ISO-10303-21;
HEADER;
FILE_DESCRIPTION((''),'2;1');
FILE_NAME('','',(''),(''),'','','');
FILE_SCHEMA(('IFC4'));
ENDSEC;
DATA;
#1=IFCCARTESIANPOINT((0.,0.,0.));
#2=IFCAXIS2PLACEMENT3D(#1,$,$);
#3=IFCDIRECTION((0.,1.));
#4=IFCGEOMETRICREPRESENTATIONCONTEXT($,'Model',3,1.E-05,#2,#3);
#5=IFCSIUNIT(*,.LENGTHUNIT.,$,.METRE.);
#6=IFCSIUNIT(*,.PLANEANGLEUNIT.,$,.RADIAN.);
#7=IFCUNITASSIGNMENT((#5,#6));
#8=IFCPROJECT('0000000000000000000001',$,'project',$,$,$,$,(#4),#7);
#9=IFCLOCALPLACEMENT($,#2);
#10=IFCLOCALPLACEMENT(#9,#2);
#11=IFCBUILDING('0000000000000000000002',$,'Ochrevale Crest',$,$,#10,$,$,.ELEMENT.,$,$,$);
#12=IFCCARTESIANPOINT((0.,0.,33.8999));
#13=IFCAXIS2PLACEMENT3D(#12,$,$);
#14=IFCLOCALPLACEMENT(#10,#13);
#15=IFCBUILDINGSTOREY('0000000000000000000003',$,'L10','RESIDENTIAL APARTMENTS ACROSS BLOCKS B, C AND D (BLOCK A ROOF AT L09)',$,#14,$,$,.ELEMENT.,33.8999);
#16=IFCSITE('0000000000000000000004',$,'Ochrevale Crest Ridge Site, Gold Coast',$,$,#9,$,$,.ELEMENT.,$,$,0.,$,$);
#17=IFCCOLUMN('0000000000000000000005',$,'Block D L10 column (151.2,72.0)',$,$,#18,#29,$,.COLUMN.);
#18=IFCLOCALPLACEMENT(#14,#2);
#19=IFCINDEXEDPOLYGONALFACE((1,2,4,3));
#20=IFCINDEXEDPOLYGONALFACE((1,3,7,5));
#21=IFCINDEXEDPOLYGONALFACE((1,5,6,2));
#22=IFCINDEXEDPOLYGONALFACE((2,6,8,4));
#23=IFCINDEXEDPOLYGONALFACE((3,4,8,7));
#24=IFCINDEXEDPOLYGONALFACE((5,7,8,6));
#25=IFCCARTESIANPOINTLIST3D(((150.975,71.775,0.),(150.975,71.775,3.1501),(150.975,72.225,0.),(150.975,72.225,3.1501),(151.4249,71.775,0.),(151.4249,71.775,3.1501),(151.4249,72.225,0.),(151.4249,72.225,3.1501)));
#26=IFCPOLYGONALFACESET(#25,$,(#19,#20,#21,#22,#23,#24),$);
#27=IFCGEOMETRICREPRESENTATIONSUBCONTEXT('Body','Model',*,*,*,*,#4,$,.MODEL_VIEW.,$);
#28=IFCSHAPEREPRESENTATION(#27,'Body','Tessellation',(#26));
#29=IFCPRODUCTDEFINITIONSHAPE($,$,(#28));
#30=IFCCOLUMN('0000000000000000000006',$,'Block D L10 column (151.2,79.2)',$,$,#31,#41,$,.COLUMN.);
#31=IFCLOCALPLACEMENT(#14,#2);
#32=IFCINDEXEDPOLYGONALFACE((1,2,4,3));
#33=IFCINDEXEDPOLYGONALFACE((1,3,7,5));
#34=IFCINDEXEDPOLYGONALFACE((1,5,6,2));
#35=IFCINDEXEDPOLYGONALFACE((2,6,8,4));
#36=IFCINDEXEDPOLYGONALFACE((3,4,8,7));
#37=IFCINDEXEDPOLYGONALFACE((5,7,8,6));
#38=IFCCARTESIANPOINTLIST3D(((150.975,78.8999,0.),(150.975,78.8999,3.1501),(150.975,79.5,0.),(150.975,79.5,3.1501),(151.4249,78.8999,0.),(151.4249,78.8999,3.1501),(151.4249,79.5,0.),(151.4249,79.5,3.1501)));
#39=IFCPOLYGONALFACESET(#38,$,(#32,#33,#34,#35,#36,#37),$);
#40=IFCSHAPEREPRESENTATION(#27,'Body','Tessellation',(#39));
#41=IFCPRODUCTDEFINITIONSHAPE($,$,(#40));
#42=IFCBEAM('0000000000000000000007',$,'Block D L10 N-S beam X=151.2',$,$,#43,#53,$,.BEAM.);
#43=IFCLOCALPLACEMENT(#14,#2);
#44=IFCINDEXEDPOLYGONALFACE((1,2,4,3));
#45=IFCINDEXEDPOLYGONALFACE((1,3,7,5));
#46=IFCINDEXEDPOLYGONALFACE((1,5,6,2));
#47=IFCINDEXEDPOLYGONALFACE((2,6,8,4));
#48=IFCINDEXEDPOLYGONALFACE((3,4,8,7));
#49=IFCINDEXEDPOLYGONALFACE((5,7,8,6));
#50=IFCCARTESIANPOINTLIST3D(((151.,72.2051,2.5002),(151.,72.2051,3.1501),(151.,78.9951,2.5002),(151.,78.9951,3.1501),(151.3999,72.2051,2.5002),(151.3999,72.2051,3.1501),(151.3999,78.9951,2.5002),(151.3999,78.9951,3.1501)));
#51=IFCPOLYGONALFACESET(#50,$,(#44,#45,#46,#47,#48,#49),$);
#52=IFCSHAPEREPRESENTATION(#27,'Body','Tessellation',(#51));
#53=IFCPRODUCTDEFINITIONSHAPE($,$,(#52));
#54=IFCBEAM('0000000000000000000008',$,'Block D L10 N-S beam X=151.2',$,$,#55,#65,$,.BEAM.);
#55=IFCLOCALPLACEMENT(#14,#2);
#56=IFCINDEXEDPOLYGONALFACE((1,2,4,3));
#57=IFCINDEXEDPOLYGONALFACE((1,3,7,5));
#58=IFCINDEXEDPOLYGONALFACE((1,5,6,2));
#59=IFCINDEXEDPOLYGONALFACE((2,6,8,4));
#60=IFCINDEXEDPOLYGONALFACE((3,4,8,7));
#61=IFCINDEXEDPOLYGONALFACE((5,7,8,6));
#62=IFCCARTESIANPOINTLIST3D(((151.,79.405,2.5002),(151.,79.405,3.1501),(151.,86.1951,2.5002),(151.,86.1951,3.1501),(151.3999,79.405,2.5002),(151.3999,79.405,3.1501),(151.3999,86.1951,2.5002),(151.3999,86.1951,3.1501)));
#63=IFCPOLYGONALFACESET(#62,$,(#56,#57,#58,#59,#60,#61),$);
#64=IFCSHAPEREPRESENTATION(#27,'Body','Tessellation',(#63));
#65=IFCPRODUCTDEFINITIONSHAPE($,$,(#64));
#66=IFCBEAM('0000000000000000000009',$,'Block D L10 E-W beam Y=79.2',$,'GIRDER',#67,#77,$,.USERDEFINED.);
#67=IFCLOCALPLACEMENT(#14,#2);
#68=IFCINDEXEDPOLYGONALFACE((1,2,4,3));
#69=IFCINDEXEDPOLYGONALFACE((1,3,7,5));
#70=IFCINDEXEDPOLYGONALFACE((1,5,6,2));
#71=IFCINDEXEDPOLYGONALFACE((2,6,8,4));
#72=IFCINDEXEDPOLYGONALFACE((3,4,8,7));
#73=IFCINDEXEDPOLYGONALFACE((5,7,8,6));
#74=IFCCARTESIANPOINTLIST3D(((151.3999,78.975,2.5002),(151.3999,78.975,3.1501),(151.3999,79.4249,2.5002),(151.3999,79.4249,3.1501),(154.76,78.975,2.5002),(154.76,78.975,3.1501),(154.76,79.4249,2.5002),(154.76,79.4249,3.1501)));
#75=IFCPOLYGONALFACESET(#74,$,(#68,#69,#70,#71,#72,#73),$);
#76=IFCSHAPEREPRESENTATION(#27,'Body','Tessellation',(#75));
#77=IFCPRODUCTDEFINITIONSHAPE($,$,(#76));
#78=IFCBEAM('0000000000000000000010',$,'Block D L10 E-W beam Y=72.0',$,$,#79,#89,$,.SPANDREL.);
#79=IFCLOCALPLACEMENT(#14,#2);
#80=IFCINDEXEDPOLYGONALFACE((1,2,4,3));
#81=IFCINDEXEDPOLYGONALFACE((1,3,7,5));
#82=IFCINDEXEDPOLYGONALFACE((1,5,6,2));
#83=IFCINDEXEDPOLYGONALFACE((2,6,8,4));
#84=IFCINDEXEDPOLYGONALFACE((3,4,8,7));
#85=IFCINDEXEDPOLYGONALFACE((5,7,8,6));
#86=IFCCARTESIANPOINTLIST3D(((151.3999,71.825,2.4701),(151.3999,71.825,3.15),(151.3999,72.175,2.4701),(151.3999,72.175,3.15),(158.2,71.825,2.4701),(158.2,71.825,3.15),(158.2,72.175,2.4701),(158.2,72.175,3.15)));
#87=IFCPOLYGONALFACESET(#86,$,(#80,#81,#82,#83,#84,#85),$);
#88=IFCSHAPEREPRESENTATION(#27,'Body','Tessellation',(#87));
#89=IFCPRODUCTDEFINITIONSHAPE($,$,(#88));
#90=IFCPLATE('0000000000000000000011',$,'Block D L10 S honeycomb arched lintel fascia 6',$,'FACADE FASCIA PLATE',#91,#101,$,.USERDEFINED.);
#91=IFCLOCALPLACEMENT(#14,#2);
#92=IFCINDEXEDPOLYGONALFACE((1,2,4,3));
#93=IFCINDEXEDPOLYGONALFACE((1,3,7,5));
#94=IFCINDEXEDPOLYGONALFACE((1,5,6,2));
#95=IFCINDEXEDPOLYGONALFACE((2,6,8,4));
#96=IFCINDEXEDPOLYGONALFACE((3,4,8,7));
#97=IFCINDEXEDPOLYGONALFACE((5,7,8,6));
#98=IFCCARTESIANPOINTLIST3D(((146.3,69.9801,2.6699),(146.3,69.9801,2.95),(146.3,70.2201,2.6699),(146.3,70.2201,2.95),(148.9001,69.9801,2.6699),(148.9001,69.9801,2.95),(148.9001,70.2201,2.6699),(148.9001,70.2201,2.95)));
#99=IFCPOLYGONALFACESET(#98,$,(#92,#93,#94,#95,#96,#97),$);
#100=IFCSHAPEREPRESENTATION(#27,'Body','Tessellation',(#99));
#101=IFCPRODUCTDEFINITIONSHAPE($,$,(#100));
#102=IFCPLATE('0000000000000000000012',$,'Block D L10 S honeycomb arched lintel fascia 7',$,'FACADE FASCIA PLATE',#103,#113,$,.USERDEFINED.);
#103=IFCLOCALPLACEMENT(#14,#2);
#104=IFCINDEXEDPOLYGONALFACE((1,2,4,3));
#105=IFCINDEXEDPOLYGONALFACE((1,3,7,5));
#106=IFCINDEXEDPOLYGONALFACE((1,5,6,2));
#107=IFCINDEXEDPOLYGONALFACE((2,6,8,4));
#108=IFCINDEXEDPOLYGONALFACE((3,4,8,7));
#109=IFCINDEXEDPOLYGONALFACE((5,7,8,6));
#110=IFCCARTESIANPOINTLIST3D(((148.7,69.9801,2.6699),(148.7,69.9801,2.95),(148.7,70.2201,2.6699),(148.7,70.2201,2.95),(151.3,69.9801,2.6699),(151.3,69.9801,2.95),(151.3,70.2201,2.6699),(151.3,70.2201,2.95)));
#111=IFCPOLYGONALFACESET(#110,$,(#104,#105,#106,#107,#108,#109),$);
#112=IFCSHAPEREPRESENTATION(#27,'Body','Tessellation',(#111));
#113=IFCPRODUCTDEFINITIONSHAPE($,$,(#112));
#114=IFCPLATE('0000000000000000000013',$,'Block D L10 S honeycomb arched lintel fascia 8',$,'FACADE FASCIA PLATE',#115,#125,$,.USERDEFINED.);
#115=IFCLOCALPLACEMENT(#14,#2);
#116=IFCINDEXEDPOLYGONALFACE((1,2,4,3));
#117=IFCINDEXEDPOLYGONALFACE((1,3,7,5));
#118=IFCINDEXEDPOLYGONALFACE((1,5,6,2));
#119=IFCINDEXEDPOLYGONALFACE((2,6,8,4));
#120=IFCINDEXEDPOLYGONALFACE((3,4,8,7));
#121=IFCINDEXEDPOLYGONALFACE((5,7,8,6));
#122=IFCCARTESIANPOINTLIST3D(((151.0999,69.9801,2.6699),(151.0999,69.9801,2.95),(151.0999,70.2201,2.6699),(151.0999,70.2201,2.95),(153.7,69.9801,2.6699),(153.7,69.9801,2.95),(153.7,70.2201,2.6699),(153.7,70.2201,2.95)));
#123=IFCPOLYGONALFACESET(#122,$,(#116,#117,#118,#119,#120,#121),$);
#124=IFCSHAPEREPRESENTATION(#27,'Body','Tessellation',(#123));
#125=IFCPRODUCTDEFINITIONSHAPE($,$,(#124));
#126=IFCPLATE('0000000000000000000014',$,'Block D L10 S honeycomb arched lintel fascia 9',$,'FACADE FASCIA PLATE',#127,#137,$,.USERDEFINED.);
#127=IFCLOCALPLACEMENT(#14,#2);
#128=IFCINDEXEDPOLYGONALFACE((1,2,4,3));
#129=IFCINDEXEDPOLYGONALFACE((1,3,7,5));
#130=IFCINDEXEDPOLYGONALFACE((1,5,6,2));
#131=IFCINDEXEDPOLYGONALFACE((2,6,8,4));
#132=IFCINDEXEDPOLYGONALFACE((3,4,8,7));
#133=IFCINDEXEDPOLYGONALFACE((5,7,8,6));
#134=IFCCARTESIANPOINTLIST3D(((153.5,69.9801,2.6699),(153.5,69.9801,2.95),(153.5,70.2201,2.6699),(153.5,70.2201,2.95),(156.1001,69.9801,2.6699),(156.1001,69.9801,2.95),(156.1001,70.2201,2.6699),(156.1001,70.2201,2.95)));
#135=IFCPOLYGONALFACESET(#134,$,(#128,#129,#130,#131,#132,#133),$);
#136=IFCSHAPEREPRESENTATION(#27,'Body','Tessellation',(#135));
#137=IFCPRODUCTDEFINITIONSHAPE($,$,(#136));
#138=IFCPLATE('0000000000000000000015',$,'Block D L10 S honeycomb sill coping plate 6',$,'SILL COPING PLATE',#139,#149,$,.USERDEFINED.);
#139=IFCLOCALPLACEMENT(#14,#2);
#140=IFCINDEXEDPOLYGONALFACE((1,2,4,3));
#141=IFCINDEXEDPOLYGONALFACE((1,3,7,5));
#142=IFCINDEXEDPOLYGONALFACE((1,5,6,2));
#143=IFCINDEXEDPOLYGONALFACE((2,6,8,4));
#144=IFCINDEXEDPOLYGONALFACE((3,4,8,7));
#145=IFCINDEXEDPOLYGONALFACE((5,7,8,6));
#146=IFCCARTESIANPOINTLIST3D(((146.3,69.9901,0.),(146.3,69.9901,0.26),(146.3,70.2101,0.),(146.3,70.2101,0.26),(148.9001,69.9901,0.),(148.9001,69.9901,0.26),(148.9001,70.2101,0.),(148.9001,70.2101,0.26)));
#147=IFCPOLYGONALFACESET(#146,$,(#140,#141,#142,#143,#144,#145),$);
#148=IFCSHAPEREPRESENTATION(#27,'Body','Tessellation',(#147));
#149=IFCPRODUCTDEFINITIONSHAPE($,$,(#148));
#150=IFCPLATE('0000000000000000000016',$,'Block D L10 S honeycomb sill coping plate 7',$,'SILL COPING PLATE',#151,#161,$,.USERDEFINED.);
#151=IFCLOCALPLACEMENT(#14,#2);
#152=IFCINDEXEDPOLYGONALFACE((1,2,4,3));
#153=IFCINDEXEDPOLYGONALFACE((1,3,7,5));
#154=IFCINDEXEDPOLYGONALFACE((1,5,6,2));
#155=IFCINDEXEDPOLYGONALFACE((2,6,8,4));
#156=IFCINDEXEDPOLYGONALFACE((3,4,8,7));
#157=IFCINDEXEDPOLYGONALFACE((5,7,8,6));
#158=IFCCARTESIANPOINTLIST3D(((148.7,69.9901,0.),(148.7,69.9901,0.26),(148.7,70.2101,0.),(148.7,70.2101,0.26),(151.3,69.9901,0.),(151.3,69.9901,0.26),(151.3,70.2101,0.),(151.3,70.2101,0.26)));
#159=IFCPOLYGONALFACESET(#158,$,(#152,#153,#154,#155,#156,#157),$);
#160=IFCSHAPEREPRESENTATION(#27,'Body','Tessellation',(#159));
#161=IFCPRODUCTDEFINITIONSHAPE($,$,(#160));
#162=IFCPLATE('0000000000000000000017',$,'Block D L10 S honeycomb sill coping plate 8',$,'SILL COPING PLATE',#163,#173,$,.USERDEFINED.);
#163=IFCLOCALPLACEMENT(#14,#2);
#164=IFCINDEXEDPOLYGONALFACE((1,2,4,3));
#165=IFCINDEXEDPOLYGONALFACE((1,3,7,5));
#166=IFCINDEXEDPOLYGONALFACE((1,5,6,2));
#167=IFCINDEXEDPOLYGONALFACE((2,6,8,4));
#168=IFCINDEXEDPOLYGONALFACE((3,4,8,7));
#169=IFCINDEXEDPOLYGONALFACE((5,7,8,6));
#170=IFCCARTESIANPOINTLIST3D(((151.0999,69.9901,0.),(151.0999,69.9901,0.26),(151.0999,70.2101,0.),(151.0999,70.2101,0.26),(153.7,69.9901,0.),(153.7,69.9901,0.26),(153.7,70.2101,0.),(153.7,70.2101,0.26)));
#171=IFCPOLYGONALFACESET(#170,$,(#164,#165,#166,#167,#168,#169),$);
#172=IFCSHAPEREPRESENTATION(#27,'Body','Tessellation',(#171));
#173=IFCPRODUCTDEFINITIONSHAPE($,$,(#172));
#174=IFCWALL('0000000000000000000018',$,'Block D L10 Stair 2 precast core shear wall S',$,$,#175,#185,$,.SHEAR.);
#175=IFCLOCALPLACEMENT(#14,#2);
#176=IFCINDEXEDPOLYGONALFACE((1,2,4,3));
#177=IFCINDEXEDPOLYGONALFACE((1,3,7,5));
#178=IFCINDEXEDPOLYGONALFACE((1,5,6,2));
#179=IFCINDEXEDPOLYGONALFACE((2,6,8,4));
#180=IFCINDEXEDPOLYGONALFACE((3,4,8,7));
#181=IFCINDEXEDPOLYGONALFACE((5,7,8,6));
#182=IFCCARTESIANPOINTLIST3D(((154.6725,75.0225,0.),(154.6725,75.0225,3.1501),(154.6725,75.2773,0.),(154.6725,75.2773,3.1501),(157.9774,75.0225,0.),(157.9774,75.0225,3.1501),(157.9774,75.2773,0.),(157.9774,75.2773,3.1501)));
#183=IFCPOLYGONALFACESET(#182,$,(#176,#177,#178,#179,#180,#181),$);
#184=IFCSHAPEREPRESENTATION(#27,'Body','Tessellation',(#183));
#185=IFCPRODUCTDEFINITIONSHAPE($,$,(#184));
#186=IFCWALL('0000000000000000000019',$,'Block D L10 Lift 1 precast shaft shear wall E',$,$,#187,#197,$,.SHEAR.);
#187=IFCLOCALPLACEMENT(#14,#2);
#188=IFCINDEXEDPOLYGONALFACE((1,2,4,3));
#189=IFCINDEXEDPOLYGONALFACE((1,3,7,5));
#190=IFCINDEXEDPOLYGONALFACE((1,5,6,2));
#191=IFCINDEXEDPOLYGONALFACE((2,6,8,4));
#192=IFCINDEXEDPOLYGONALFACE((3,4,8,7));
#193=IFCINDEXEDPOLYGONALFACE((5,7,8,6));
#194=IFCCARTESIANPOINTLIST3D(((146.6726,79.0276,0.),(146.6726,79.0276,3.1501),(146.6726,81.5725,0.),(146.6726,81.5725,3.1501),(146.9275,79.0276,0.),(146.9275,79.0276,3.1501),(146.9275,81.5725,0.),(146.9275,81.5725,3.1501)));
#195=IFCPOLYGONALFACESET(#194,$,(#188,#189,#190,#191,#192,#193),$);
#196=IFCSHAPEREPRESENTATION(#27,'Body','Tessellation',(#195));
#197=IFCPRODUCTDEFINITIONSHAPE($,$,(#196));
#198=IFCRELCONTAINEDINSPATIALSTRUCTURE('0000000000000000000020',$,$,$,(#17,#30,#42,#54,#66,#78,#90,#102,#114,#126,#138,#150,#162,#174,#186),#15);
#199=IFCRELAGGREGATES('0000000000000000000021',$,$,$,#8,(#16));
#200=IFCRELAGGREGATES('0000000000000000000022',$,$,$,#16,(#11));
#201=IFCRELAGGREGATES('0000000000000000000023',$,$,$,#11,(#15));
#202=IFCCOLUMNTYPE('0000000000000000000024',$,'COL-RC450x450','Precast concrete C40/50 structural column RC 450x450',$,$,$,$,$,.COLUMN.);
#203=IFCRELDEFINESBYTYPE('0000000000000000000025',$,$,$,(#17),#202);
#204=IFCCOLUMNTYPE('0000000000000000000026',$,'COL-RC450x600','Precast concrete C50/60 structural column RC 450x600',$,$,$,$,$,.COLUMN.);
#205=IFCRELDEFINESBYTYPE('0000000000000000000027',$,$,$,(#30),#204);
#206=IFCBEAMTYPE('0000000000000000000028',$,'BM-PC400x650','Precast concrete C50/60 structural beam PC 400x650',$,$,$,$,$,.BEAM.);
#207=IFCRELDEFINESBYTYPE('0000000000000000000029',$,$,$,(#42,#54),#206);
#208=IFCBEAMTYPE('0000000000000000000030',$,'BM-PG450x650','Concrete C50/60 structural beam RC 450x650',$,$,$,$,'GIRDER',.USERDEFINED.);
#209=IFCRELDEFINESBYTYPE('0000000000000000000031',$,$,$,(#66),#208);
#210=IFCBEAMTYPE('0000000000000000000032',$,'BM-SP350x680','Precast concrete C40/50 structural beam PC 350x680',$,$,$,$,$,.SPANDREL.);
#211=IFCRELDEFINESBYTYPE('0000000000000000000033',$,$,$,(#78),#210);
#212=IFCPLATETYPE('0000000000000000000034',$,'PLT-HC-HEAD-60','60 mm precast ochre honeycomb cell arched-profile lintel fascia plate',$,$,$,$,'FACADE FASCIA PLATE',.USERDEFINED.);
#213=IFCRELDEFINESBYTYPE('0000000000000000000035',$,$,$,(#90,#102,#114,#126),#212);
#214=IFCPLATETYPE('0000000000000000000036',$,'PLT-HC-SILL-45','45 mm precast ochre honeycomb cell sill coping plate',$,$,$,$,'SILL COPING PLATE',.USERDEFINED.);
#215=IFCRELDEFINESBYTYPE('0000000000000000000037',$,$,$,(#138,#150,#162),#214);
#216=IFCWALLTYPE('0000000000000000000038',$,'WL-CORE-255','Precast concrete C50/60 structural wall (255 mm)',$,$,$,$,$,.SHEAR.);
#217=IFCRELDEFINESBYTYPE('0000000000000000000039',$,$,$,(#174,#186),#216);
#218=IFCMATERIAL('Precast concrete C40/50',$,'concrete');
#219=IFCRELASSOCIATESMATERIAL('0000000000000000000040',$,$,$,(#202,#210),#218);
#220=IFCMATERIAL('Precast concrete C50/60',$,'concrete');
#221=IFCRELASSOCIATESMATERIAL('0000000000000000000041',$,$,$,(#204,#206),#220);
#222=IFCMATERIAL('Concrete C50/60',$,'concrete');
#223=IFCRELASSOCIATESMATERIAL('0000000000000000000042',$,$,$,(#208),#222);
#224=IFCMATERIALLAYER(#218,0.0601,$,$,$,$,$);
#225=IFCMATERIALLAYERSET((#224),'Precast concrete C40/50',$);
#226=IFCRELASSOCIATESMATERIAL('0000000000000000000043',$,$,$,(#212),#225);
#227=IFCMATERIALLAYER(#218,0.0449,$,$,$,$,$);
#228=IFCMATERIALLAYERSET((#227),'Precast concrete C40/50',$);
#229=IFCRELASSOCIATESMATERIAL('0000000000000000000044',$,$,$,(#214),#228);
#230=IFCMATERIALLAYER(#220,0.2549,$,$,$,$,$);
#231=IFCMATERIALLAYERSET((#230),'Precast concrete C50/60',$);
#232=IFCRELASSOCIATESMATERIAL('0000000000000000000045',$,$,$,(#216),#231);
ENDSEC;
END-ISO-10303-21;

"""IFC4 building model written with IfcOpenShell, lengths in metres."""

from ifc_helpers import new_model, si_unit, direction, frame, frame_2d, origin, origin_2d, place, context, subcontext, project, spatial, rectangle, extrude, material, layer, layer_set, material_profile, profile_set, type_object, element, save


model = new_model("IFC4")

# Units and contexts
model_context = context("Model", 3, precision=1e-05, world=origin(), true_north=direction((0.0, 1.0)))
body_context = subcontext(model_context, "Body", "Model", "MODEL_VIEW")
ifc_project = project(units=[si_unit("LENGTHUNIT", "METRE"), si_unit("PLANEANGLEUNIT", "RADIAN")], contexts=[model_context])

# Site, building, storey
site_placement = place(None, origin())
site = spatial("IfcSite", under=ifc_project, at=site_placement, Name="Ochrevale Crest Ridge Site, Gold Coast", CompositionType="ELEMENT", RefElevation=0.0)
building_placement = place(site_placement, origin())
building = spatial("IfcBuilding", under=site, at=building_placement, Name="Ochrevale Crest", CompositionType="ELEMENT")
storey_placement = place(building_placement, frame((0.0, 0.0, 33.8999)))
storey = spatial("IfcBuildingStorey", under=building, at=storey_placement, Name="L10", Description="RESIDENTIAL APARTMENTS ACROSS BLOCKS B, C AND D (BLOCK A ROOF AT L09)", CompositionType="ELEMENT", Elevation=33.8999)

# Columns
ifc_material_1 = material(Name="Precast concrete C40/50", Category="concrete")
ifc_material_profile_1 = material_profile(ifc_material_1, rectangle(XDim=0.45, YDim=0.45, at=origin_2d()), Name="RC 450x450")
ifc_profile_set_1 = profile_set([ifc_material_profile_1], Name="Precast concrete C40/50")
column_type_1 = type_object("IfcColumnType", Name="COL-RC450x450", Description="Precast concrete C40/50 structural column RC 450x450", PredefinedType="COLUMN", material=ifc_profile_set_1)
column_1_placement = place(storey_placement, frame((151.2, 72.0, 0.0), z_axis=(0.0, 0.0, 1.0), x_axis=(1.0, 0.0, 0.0)))
element("IfcColumn", 1, at=column_1_placement, inside=storey, type_object=column_type_1, Name="Block D L10 column (151.2,72.0)", PredefinedType="COLUMN", context=body_context, shape_type="SweptSolid", body=[
    extrude(rectangle(XDim=0.45, YDim=0.45, at=origin_2d()), origin(), (0.0, 0.0, 1.0), 3.1501),
])
ifc_material_2 = material(Name="Precast concrete C50/60", Category="concrete")
ifc_material_profile_2 = material_profile(ifc_material_2, rectangle(XDim=0.45, YDim=0.6001, at=origin_2d()), Name="RC 450x600")
ifc_profile_set_2 = profile_set([ifc_material_profile_2], Name="Precast concrete C50/60")
column_type_2 = type_object("IfcColumnType", Name="COL-RC450x600", Description="Precast concrete C50/60 structural column RC 450x600", PredefinedType="COLUMN", material=ifc_profile_set_2)
column_2_placement = place(storey_placement, frame((151.2, 79.2, 0.0), z_axis=(0.0, 0.0, 1.0), x_axis=(1.0, 0.0, 0.0)))
element("IfcColumn", 2, at=column_2_placement, inside=storey, type_object=column_type_2, Name="Block D L10 column (151.2,79.2)", PredefinedType="COLUMN", context=body_context, shape_type="SweptSolid", body=[
    extrude(rectangle(XDim=0.45, YDim=0.6001, at=origin_2d()), origin(), (0.0, 0.0, 1.0), 3.1501),
])

# Beams
ifc_material_profile_3 = material_profile(ifc_material_2, rectangle(XDim=0.3999, YDim=0.6499, at=origin_2d()), Name="PC 400x650")
ifc_profile_set_3 = profile_set([ifc_material_profile_3], Name="Precast concrete C50/60")
beam_type_1 = type_object("IfcBeamType", Name="BM-PC400x650", Description="Precast concrete C50/60 structural beam PC 400x650", PredefinedType="BEAM", material=ifc_profile_set_3)
for number, where, z_axis, x_axis, name in (
    (3, (151.2, 72.2051, 2.8252), (0.0, 1.0, 0.0), (-1.0, 0.0, 0.0), "Block D L10 N-S beam X=151.2"),
    (4, (151.2, 79.405, 2.8252), (0.0, 1.0, 0.0), (-1.0, 0.0, 0.0), "Block D L10 N-S beam X=151.2"),
):
    element("IfcBeam", number, at=place(storey_placement, frame(where, z_axis=z_axis, x_axis=x_axis)), inside=storey, type_object=beam_type_1, Name=name, PredefinedType="BEAM", context=body_context, shape_type="SweptSolid", body=[
        extrude(rectangle(XDim=0.3999, YDim=0.6499, at=origin_2d()), origin(), (0.0, 0.0, 1.0), 6.79),
    ])
ifc_material_3 = material(Name="Concrete C50/60", Category="concrete")
ifc_material_profile_4 = material_profile(ifc_material_3, rectangle(XDim=0.45, YDim=0.6499, at=origin_2d()), Name="RC 450x650")
ifc_profile_set_4 = profile_set([ifc_material_profile_4], Name="Concrete C50/60")
beam_type_2 = type_object("IfcBeamType", Name="BM-PG450x650", Description="Concrete C50/60 structural beam RC 450x650", ElementType="GIRDER", PredefinedType="USERDEFINED", material=ifc_profile_set_4)
beam_1_placement = place(storey_placement, frame((151.3999, 79.2, 2.8252), z_axis=(1.0, 0.0, 0.0), x_axis=(0.0, 1.0, 0.0)))
element("IfcBeam", 5, at=beam_1_placement, inside=storey, type_object=beam_type_2, Name="Block D L10 E-W beam Y=79.2", ObjectType="GIRDER", PredefinedType="USERDEFINED", context=body_context, shape_type="SweptSolid", body=[
    extrude(rectangle(XDim=0.45, YDim=0.6499, at=origin_2d()), origin(), (0.0, 0.0, 1.0), 3.3601),
])
ifc_material_profile_5 = material_profile(ifc_material_1, rectangle(XDim=0.3501, YDim=0.6799, at=origin_2d()), Name="PC 350x680")
ifc_profile_set_5 = profile_set([ifc_material_profile_5], Name="Precast concrete C40/50")
beam_type_3 = type_object("IfcBeamType", Name="BM-SP350x680", Description="Precast concrete C40/50 structural beam PC 350x680", PredefinedType="SPANDREL", material=ifc_profile_set_5)
beam_2_placement = place(storey_placement, frame((151.3999, 72.0, 2.8101), z_axis=(1.0, 0.0, 0.0), x_axis=(0.0, 1.0, 0.0)))
element("IfcBeam", 6, at=beam_2_placement, inside=storey, type_object=beam_type_3, Name="Block D L10 E-W beam Y=72.0", PredefinedType="SPANDREL", context=body_context, shape_type="SweptSolid", body=[
    extrude(rectangle(XDim=0.3501, YDim=0.6799, at=origin_2d()), origin(), (0.0, 0.0, 1.0), 6.8),
])

# Plates
ifc_layer_1 = layer(ifc_material_1, 0.0601)
ifc_layer_set_1 = layer_set([ifc_layer_1], Name="Precast concrete C40/50")
plate_type_1 = type_object("IfcPlateType", Name="PLT-HC-HEAD-60", Description="60 mm precast ochre honeycomb cell arched-profile lintel fascia plate", ElementType="FACADE FASCIA PLATE", PredefinedType="USERDEFINED", material=ifc_layer_set_1)
for number, where, z_axis, x_axis, name in (
    (7, (147.6001, 70.1001, 2.6699), (0.0, 0.0, 1.0), (1.0, 0.0, 0.0), "Block D L10 S honeycomb arched lintel fascia 6"),
    (8, (150.0, 70.1001, 2.6699), (0.0, 0.0, 1.0), (1.0, 0.0, 0.0), "Block D L10 S honeycomb arched lintel fascia 7"),
    (9, (152.3999, 70.1001, 2.6699), (0.0, 0.0, 1.0), (1.0, 0.0, 0.0), "Block D L10 S honeycomb arched lintel fascia 8"),
    (10, (154.8, 70.1001, 2.6699), (0.0, 0.0, 1.0), (1.0, 0.0, 0.0), "Block D L10 S honeycomb arched lintel fascia 9"),
):
    element("IfcPlate", number, at=place(storey_placement, frame(where, z_axis=z_axis, x_axis=x_axis)), inside=storey, type_object=plate_type_1, Name=name, ObjectType="FACADE FASCIA PLATE", PredefinedType="USERDEFINED", context=body_context, shape_type="SweptSolid", body=[
        extrude(rectangle(XDim=2.6001, YDim=0.24, at=origin_2d()), origin(), (0.0, 0.0, 1.0), 0.28),
    ])
ifc_layer_2 = layer(ifc_material_1, 0.0449)
ifc_layer_set_2 = layer_set([ifc_layer_2], Name="Precast concrete C40/50")
plate_type_2 = type_object("IfcPlateType", Name="PLT-HC-SILL-45", Description="45 mm precast ochre honeycomb cell sill coping plate", ElementType="SILL COPING PLATE", PredefinedType="USERDEFINED", material=ifc_layer_set_2)
for number, where, z_axis, x_axis, name in (
    (11, (147.6001, 70.1001, 0.0), (0.0, 0.0, 1.0), (1.0, 0.0, 0.0), "Block D L10 S honeycomb sill coping plate 6"),
    (12, (150.0, 70.1001, 0.0), (0.0, 0.0, 1.0), (1.0, 0.0, 0.0), "Block D L10 S honeycomb sill coping plate 7"),
    (13, (152.3999, 70.1001, 0.0), (0.0, 0.0, 1.0), (1.0, 0.0, 0.0), "Block D L10 S honeycomb sill coping plate 8"),
):
    element("IfcPlate", number, at=place(storey_placement, frame(where, z_axis=z_axis, x_axis=x_axis)), inside=storey, type_object=plate_type_2, Name=name, ObjectType="SILL COPING PLATE", PredefinedType="USERDEFINED", context=body_context, shape_type="SweptSolid", body=[
        extrude(rectangle(XDim=2.6001, YDim=0.22, at=origin_2d()), origin(), (0.0, 0.0, 1.0), 0.26),
    ])

# Walls
ifc_layer_3 = layer(ifc_material_2, 0.2549)
ifc_layer_set_3 = layer_set([ifc_layer_3], Name="Precast concrete C50/60")
wall_type_1 = type_object("IfcWallType", Name="WL-CORE-255", Description="Precast concrete C50/60 structural wall (255 mm)", PredefinedType="SHEAR", material=ifc_layer_set_3)
wall_1_placement = place(storey_placement, frame((154.6726, 75.1499, 0.0), z_axis=(0.0, 0.0, 1.0), x_axis=(1.0, 0.0, 0.0)))
element("IfcWall", 14, at=wall_1_placement, inside=storey, type_object=wall_type_1, Name="Block D L10 Stair 2 precast core shear wall S", PredefinedType="SHEAR", context=body_context, shape_type="SweptSolid", body=[
    extrude(rectangle(XDim=3.3049, YDim=0.2549, at=frame_2d((1.6523, 0.0))), origin(), (0.0, 0.0, 1.0), 3.1501),
])
wall_2_placement = place(storey_placement, frame((146.8, 79.0276, 0.0), z_axis=(0.0, 0.0, 1.0), x_axis=(0.0, 1.0, 0.0)))
element("IfcWall", 15, at=wall_2_placement, inside=storey, type_object=wall_type_1, Name="Block D L10 Lift 1 precast shaft shear wall E", PredefinedType="SHEAR", context=body_context, shape_type="SweptSolid", body=[
    extrude(rectangle(XDim=2.5449, YDim=0.2549, at=frame_2d((1.2725, 0.0))), origin(), (0.0, 0.0, 1.0), 3.1501),
])

save(model, "model.ifc")
